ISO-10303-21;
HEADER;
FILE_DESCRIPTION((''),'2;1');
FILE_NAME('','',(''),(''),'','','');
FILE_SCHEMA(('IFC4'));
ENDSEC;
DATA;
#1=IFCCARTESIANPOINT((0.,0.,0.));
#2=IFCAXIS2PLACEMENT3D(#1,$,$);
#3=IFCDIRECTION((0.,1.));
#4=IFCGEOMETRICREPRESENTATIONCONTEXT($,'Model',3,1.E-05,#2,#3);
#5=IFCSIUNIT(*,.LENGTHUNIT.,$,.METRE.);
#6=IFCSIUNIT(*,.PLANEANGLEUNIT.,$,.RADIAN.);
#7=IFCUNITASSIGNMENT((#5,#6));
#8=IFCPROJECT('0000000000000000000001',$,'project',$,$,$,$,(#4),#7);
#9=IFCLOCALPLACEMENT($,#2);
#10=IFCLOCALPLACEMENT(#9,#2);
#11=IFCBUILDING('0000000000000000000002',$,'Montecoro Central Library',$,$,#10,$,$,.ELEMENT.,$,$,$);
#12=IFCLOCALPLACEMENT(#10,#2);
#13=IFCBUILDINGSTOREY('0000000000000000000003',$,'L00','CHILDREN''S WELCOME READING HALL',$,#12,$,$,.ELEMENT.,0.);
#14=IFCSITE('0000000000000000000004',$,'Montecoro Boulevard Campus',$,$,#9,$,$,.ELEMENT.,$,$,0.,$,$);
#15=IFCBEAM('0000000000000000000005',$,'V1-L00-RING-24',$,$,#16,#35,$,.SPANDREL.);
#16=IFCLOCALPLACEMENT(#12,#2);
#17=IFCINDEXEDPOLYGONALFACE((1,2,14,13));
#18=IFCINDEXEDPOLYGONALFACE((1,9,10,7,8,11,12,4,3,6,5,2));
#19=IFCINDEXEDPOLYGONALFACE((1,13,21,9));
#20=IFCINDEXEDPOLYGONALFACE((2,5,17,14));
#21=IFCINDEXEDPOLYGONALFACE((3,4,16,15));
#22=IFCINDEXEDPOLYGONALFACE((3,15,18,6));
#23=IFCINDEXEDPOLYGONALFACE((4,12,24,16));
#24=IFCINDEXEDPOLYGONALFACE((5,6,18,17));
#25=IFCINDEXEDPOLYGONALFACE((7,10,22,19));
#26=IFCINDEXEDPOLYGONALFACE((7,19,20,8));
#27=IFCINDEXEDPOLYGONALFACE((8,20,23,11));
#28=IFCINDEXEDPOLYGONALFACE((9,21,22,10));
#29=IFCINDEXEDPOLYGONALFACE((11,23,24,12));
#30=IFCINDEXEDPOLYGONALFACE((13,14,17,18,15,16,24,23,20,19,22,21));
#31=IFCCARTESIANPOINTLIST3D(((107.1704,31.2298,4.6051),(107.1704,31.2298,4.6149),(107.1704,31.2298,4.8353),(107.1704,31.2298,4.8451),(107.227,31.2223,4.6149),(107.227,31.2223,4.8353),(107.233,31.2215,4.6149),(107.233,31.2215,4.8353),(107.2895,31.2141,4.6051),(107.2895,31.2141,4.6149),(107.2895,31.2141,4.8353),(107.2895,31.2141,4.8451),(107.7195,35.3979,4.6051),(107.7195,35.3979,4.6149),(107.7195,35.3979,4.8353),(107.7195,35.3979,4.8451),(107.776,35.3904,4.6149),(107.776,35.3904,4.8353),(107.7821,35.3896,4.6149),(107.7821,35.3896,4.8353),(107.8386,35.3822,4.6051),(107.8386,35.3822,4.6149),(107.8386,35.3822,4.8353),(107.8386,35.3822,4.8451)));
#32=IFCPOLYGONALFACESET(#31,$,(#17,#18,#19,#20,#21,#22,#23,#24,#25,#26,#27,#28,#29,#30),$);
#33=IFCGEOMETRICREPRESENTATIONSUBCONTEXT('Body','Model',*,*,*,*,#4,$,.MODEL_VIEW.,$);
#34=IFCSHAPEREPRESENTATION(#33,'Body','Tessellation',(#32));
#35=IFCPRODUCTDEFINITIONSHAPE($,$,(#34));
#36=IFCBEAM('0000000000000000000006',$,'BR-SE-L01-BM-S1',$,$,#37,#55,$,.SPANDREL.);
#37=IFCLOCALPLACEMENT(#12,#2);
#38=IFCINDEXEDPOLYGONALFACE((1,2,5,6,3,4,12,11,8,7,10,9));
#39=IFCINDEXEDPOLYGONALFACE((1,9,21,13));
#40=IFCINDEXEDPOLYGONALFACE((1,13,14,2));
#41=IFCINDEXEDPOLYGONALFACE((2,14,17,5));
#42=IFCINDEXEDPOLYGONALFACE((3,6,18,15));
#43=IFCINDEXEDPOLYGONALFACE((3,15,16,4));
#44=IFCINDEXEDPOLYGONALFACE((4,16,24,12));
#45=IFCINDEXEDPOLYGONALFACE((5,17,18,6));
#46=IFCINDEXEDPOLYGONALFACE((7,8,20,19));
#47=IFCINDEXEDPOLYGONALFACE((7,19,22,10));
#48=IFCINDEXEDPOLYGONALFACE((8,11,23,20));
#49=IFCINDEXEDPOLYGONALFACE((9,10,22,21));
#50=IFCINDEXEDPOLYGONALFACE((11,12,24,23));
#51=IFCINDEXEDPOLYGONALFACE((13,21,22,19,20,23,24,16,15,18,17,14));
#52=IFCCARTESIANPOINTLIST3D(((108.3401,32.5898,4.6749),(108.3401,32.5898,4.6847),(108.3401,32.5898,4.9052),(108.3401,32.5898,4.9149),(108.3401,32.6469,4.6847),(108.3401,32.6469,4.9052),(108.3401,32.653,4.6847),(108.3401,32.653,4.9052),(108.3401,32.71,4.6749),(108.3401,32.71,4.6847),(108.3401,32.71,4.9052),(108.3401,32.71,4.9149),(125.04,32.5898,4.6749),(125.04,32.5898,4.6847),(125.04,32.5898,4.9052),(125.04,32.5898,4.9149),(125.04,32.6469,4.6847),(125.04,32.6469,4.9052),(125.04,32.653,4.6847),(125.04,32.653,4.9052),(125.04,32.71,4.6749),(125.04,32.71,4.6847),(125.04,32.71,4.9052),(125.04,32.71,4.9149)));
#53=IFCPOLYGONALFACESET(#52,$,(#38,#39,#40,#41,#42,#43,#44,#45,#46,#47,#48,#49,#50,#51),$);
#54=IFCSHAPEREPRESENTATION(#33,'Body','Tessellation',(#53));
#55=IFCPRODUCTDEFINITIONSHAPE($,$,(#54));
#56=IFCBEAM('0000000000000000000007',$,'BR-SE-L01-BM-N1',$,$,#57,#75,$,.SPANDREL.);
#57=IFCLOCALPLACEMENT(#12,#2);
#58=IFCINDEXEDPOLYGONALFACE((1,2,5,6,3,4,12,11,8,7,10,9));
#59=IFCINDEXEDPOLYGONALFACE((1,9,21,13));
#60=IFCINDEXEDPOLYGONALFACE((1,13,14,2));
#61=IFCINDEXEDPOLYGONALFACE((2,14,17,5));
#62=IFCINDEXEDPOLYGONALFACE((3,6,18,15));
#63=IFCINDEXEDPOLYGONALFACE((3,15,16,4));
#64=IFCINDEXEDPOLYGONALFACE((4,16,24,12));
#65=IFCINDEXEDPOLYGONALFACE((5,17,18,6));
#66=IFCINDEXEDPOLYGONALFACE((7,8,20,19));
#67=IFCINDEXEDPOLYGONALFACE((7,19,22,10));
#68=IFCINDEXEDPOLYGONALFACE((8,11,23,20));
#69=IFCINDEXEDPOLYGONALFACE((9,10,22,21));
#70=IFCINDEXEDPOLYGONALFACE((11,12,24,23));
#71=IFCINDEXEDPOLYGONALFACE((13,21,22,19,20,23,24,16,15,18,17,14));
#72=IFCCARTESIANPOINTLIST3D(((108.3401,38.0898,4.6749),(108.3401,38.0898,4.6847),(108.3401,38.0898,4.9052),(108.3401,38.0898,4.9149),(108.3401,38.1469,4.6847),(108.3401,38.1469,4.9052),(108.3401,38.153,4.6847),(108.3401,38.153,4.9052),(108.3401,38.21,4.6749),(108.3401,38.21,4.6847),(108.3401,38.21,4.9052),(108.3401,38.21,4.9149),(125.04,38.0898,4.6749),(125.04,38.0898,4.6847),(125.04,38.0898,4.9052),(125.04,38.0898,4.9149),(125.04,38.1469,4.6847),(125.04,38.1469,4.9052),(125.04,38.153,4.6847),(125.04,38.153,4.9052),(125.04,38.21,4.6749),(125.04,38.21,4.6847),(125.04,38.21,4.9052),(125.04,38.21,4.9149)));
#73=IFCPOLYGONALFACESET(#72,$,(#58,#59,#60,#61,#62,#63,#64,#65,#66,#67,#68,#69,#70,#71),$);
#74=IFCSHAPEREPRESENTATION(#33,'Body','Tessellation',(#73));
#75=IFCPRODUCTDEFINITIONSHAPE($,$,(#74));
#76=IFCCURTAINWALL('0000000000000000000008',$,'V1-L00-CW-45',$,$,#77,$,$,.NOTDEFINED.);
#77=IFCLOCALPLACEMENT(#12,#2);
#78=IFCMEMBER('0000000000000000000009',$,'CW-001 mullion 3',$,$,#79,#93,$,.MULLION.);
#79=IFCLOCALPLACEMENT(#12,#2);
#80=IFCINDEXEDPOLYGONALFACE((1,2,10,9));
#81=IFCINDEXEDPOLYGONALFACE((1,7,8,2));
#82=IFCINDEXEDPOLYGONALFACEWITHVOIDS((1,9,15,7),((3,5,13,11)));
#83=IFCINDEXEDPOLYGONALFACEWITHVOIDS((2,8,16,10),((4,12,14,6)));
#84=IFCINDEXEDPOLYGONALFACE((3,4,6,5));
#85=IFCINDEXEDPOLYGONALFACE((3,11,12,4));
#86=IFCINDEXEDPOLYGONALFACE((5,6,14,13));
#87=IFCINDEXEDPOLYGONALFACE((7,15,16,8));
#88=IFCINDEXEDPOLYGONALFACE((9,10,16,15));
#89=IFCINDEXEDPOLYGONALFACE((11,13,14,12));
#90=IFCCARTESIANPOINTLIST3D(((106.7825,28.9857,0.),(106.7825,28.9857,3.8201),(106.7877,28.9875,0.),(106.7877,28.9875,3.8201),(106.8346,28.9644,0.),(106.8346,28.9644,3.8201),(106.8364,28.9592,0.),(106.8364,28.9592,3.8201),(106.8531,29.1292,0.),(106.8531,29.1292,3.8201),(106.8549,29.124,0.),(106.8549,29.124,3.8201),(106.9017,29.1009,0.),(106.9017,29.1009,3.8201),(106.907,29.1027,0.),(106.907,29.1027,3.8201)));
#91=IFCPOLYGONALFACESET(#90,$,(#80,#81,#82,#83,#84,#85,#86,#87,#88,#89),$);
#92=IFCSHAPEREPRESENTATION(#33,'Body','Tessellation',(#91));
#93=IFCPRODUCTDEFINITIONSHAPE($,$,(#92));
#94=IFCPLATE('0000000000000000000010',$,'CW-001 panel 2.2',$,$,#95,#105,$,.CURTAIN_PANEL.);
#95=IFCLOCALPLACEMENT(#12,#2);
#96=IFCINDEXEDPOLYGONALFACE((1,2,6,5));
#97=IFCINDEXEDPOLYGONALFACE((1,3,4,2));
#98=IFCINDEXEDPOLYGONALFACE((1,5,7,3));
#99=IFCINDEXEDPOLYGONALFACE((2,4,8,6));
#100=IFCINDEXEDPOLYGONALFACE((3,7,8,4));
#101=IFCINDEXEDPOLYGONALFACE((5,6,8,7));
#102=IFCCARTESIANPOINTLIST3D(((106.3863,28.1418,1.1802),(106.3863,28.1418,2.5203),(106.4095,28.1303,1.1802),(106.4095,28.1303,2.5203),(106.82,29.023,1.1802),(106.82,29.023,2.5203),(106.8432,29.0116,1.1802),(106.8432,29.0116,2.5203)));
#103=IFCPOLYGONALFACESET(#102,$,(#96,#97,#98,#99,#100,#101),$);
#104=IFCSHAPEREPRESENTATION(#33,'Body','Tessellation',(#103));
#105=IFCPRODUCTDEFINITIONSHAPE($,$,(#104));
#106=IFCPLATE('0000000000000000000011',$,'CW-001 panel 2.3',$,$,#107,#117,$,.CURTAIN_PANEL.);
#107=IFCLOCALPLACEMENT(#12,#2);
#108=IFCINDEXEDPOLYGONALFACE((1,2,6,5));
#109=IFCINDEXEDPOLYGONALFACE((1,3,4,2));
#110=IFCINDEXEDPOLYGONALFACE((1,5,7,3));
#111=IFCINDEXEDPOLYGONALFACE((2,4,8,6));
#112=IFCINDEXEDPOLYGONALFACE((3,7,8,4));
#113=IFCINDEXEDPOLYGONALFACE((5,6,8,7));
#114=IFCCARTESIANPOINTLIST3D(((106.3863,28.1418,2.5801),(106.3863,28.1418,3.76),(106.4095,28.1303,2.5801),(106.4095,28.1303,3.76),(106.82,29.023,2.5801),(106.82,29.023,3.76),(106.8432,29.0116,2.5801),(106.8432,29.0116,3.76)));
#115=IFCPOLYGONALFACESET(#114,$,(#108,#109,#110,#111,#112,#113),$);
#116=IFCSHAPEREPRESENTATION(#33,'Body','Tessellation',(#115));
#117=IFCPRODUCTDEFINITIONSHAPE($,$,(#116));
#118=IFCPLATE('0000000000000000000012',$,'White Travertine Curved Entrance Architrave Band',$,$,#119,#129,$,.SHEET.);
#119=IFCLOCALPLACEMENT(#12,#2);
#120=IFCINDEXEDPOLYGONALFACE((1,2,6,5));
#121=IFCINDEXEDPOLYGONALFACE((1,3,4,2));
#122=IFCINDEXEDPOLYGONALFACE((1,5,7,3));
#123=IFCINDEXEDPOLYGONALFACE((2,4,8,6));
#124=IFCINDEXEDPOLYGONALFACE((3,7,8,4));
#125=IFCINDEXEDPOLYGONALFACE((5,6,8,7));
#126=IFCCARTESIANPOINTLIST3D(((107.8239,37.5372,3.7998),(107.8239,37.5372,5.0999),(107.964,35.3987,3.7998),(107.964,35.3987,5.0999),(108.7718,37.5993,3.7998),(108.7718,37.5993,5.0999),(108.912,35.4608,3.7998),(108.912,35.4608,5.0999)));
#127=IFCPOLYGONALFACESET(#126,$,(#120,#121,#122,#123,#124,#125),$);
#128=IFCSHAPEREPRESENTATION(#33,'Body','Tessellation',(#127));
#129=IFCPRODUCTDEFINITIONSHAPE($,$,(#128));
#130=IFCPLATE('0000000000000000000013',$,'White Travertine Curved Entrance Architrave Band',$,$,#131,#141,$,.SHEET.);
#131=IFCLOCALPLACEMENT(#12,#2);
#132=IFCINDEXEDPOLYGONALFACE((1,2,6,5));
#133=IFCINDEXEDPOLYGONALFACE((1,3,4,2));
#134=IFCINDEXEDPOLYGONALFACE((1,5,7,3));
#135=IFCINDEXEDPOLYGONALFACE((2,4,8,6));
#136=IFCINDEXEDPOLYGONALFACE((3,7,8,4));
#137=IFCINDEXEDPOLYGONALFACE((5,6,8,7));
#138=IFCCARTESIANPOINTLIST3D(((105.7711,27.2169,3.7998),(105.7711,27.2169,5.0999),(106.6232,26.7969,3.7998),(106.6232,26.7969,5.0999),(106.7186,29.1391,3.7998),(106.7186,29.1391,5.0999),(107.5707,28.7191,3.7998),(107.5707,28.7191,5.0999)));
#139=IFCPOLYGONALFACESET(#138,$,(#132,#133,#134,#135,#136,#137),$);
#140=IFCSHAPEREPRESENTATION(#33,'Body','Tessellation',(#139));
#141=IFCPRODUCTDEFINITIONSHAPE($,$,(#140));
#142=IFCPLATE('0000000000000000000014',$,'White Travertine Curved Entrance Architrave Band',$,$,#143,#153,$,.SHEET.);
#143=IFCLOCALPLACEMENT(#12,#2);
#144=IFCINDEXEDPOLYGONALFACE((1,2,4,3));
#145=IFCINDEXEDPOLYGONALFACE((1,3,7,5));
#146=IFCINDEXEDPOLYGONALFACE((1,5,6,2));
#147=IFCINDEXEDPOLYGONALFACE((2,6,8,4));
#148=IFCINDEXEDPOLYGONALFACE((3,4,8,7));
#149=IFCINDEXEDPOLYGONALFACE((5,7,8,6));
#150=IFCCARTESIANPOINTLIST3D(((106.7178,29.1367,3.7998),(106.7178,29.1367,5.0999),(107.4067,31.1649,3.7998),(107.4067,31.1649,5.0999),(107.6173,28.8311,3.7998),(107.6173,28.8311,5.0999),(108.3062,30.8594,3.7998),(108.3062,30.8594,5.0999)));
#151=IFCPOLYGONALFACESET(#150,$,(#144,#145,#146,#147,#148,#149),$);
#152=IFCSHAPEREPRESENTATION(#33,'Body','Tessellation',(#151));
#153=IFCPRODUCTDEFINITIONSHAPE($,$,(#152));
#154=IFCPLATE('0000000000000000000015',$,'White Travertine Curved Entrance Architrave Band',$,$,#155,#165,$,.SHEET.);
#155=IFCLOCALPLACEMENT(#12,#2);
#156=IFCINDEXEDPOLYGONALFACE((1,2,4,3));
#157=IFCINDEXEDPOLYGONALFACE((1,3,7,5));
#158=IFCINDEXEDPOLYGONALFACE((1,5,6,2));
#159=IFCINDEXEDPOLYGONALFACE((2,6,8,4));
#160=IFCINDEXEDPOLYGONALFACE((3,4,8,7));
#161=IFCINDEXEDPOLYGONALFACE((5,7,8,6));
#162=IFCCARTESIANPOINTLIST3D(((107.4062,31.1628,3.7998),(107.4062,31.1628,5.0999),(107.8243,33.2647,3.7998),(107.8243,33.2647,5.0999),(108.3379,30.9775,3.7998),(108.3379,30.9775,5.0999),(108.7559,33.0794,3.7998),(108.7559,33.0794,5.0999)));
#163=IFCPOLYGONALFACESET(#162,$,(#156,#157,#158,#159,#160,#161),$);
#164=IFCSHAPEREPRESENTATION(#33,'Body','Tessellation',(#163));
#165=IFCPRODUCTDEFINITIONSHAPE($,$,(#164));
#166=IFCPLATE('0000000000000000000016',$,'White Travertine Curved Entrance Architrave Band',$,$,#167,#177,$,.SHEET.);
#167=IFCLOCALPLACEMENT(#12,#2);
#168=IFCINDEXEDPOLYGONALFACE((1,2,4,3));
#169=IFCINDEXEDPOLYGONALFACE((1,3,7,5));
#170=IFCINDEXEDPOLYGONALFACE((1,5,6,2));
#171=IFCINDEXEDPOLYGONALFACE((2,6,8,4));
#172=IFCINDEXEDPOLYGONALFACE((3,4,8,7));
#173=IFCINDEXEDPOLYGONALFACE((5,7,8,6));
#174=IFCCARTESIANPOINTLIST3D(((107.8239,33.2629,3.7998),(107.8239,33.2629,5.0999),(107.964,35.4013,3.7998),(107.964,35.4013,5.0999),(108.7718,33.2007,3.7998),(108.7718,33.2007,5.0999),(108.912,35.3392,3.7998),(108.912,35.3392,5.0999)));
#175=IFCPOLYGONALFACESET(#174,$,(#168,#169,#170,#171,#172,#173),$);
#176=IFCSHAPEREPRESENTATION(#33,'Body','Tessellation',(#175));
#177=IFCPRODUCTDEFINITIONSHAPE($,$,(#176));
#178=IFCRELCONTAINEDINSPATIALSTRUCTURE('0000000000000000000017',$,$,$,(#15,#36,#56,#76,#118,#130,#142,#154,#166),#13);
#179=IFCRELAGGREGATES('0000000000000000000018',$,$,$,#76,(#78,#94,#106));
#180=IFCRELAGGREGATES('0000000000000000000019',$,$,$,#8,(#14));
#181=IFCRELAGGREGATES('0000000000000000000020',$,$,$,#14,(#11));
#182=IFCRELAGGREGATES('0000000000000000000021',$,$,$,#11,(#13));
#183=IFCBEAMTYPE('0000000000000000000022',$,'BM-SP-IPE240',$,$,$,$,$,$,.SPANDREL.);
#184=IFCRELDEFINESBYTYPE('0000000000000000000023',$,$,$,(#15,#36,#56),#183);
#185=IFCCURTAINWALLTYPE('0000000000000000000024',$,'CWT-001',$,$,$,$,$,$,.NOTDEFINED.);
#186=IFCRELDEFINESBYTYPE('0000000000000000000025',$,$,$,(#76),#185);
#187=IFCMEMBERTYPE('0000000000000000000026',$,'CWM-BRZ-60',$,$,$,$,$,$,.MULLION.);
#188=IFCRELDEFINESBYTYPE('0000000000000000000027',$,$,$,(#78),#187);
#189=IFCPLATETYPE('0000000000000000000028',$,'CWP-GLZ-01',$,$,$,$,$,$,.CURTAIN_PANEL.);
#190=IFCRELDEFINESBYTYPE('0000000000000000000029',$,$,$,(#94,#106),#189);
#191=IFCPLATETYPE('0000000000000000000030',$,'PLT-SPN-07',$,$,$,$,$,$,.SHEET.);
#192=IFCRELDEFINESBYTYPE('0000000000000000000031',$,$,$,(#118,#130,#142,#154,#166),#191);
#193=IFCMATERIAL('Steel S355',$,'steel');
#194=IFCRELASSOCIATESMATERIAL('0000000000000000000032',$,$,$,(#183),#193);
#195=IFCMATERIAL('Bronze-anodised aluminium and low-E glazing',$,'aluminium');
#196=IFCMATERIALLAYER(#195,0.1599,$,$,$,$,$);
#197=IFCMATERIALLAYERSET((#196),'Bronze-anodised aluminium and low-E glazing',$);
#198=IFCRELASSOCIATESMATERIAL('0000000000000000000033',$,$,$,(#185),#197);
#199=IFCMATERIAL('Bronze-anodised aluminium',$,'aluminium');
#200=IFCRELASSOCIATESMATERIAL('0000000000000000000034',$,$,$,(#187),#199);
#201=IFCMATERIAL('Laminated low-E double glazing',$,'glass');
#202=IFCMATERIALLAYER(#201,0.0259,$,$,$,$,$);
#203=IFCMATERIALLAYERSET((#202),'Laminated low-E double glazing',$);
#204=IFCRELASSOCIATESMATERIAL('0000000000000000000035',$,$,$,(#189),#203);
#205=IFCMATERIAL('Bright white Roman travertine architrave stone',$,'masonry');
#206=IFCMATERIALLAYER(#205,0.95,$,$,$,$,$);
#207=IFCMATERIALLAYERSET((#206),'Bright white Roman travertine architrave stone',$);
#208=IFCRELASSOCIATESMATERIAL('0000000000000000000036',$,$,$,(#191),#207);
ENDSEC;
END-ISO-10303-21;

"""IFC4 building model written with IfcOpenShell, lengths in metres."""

from ifc_helpers import new_model, si_unit, direction, frame, origin, origin_2d, place, context, subcontext, project, spatial, rectangle, hollow_rectangle, i_section, extrude, material, layer, layer_set, material_profile, profile_set, type_object, element, aggregate, save


model = new_model("IFC4")

# Units and contexts
model_context = context("Model", 3, precision=1e-05, world=origin(), true_north=direction((0.0, 1.0)))
body_context = subcontext(model_context, "Body", "Model", "MODEL_VIEW")
ifc_project = project(units=[si_unit("LENGTHUNIT", "METRE"), si_unit("PLANEANGLEUNIT", "RADIAN")], contexts=[model_context])

# Site, building, storey
site_placement = place(None, origin())
site = spatial("IfcSite", under=ifc_project, at=site_placement, Name="Montecoro Boulevard Campus", CompositionType="ELEMENT", RefElevation=0.0)
building_placement = place(site_placement, origin())
building = spatial("IfcBuilding", under=site, at=building_placement, Name="Montecoro Central Library", CompositionType="ELEMENT")
storey_placement = place(building_placement, origin())
storey = spatial("IfcBuildingStorey", under=building, at=storey_placement, Name="L00", Description="CHILDREN'S WELCOME READING HALL", CompositionType="ELEMENT", Elevation=0.0)

# Shared definitions
ifc_material_1 = material(Name="Steel S355", Category="steel")

# Beams
ifc_material_profile_1 = material_profile(ifc_material_1, i_section(OverallWidth=0.1201, OverallDepth=0.24, WebThickness=0.0061, FlangeThickness=0.0098, at=origin_2d()), Name="IPE 240")
ifc_profile_set_1 = profile_set([ifc_material_profile_1], Name="Steel S355")
beam_type = type_object("IfcBeamType", Name="BM-SP-IPE240", PredefinedType="SPANDREL", material=ifc_profile_set_1)
for number, where, z_axis, x_axis, name in (
    (1, (107.23, 31.2219, 4.7251), (0.130608, 0.991434, 0.0), (-0.991434, 0.130608, 0.0), "V1-L00-RING-24"),
):
    element("IfcBeam", number, at=place(storey_placement, frame(where, z_axis=z_axis, x_axis=x_axis)), inside=storey, type_object=beam_type, Name=name, PredefinedType="SPANDREL", context=body_context, shape_type="SweptSolid", body=[
        extrude(i_section(OverallWidth=0.1201, OverallDepth=0.24, WebThickness=0.0061, FlangeThickness=0.0098, at=origin_2d()), origin(), (0.0, 0.0, 1.0), 4.2041),
    ])
for number, where, z_axis, x_axis, name in (
    (2, (108.3401, 32.6499, 4.7949), (1.0, 0.0, 0.0), (0.0, 1.0, 0.0), "BR-SE-L01-BM-S1"),
    (3, (108.3401, 38.1499, 4.7949), (1.0, 0.0, 0.0), (0.0, 1.0, 0.0), "BR-SE-L01-BM-N1"),
):
    element("IfcBeam", number, at=place(storey_placement, frame(where, z_axis=z_axis, x_axis=x_axis)), inside=storey, type_object=beam_type, Name=name, PredefinedType="SPANDREL", context=body_context, shape_type="SweptSolid", body=[
        extrude(i_section(OverallWidth=0.1201, OverallDepth=0.24, WebThickness=0.0061, FlangeThickness=0.0098, at=origin_2d()), origin(), (0.0, 0.0, 1.0), 16.7),
    ])

# Curtain wall, member, plates
ifc_material_2 = material(Name="Bronze-anodised aluminium and low-E glazing", Category="aluminium")
ifc_layer_1 = layer(ifc_material_2, 0.1599)
ifc_layer_set_1 = layer_set([ifc_layer_1], Name="Bronze-anodised aluminium and low-E glazing")
curtain_wall_type = type_object("IfcCurtainWallType", Name="CWT-001", PredefinedType="NOTDEFINED", material=ifc_layer_set_1)
curtain_wall_placement = place(storey_placement, origin())
curtain_wall = element("IfcCurtainWall", 4, at=curtain_wall_placement, inside=storey, type_object=curtain_wall_type, Name="V1-L00-CW-45", PredefinedType="NOTDEFINED")
ifc_material_3 = material(Name="Bronze-anodised aluminium", Category="aluminium")
ifc_material_profile_2 = material_profile(ifc_material_3, hollow_rectangle(XDim=0.0601, YDim=0.1599, WallThickness=0.0039, at=origin_2d()), Name="CWM 160x60x4.0")
ifc_profile_set_2 = profile_set([ifc_material_profile_2], Name="Bronze-anodised aluminium")
member_type = type_object("IfcMemberType", Name="CWM-BRZ-60", PredefinedType="MULLION", material=ifc_profile_set_2)
member_placement = place(storey_placement, frame((106.8447, 29.0442, 0.0), z_axis=(0.0, 0.0, 1.0), x_axis=(-0.897208, 0.441609, 0.0)))
member = element("IfcMember", 5, at=member_placement, type_object=member_type, Name="CW-001 mullion 3", PredefinedType="MULLION", context=body_context, shape_type="SweptSolid", body=[
    extrude(hollow_rectangle(XDim=0.0601, YDim=0.1599, WallThickness=0.0039, at=origin_2d()), origin(), (0.0, 0.0, 1.0), 3.8201),
])
ifc_material_4 = material(Name="Laminated low-E double glazing", Category="glass")
ifc_layer_2 = layer(ifc_material_4, 0.0259)
ifc_layer_set_2 = layer_set([ifc_layer_2], Name="Laminated low-E double glazing")
plate_type_1 = type_object("IfcPlateType", Name="CWP-GLZ-01", PredefinedType="CURTAIN_PANEL", material=ifc_layer_set_2)
plate_1_placement = place(storey_placement, frame((106.6147, 28.5767, 1.1802), z_axis=(0.0, 0.0, 1.0), x_axis=(0.441609, 0.897208, 0.0)))
plate_1 = element("IfcPlate", 6, at=plate_1_placement, type_object=plate_type_1, Name="CW-001 panel 2.2", PredefinedType="CURTAIN_PANEL", context=body_context, shape_type="SweptSolid", body=[
    extrude(rectangle(XDim=0.9822, YDim=0.0259, at=origin_2d()), origin(), (0.0, 0.0, 1.0), 1.3401),
])
plate_2_placement = place(storey_placement, frame((106.6147, 28.5767, 2.5801), z_axis=(0.0, 0.0, 1.0), x_axis=(0.441609, 0.897208, 0.0)))
plate_2 = element("IfcPlate", 7, at=plate_2_placement, type_object=plate_type_1, Name="CW-001 panel 2.3", PredefinedType="CURTAIN_PANEL", context=body_context, shape_type="SweptSolid", body=[
    extrude(rectangle(XDim=0.9822, YDim=0.0259, at=origin_2d()), origin(), (0.0, 0.0, 1.0), 1.1799),
])
aggregate(curtain_wall, [member, plate_1, plate_2])

# Plates
ifc_material_5 = material(Name="Bright white Roman travertine architrave stone", Category="masonry")
ifc_layer_3 = layer(ifc_material_5, 0.95)
ifc_layer_set_3 = layer_set([ifc_layer_3], Name="Bright white Roman travertine architrave stone")
plate_type_2 = type_object("IfcPlateType", Name="PLT-SPN-07", PredefinedType="SHEET", material=ifc_layer_set_3)
for number, where, z_axis, x_axis, name in (
    (8, (108.3679, 36.499, 3.7998), (0.0, 0.0, 1.0), (-0.065403, 0.997859, 0.0), "White Travertine Curved Entrance Architrave Band"),
    (9, (106.6709, 27.968, 3.7998), (0.0, 0.0, 1.0), (0.442132, 0.89695, 0.0), "White Travertine Curved Entrance Architrave Band"),
):
    element("IfcPlate", number, at=place(storey_placement, frame(where, z_axis=z_axis, x_axis=x_axis)), inside=storey, type_object=plate_type_2, Name=name, PredefinedType="SHEET", context=body_context, shape_type="SweptSolid", body=[
        extrude(rectangle(XDim=2.1431, YDim=0.95, at=origin_2d()), origin(), (0.0, 0.0, 1.0), 1.3),
    ])
plate_3_placement = place(storey_placement, frame((107.512, 29.998, 3.7998), z_axis=(0.0, 0.0, 1.0), x_axis=(0.321605, 0.946874, 0.0)))
element("IfcPlate", 10, at=plate_3_placement, inside=storey, type_object=plate_type_2, Name="White Travertine Curved Entrance Architrave Band", PredefinedType="SHEET", context=body_context, shape_type="SweptSolid", body=[
    extrude(rectangle(XDim=2.1421, YDim=0.95, at=origin_2d()), origin(), (0.0, 0.0, 1.0), 1.3),
])
for number, where, z_axis, x_axis, name in (
    (11, (108.0811, 32.1211, 3.7998), (0.0, 0.0, 1.0), (0.19509, 0.980785, 0.0), "White Travertine Curved Entrance Architrave Band"),
    (12, (108.3679, 34.301, 3.7998), (0.0, 0.0, 1.0), (0.065403, 0.997859, 0.0), "White Travertine Curved Entrance Architrave Band"),
):
    element("IfcPlate", number, at=place(storey_placement, frame(where, z_axis=z_axis, x_axis=x_axis)), inside=storey, type_object=plate_type_2, Name=name, PredefinedType="SHEET", context=body_context, shape_type="SweptSolid", body=[
        extrude(rectangle(XDim=2.1431, YDim=0.95, at=origin_2d()), origin(), (0.0, 0.0, 1.0), 1.3),
    ])

save(model, "model.ifc")
